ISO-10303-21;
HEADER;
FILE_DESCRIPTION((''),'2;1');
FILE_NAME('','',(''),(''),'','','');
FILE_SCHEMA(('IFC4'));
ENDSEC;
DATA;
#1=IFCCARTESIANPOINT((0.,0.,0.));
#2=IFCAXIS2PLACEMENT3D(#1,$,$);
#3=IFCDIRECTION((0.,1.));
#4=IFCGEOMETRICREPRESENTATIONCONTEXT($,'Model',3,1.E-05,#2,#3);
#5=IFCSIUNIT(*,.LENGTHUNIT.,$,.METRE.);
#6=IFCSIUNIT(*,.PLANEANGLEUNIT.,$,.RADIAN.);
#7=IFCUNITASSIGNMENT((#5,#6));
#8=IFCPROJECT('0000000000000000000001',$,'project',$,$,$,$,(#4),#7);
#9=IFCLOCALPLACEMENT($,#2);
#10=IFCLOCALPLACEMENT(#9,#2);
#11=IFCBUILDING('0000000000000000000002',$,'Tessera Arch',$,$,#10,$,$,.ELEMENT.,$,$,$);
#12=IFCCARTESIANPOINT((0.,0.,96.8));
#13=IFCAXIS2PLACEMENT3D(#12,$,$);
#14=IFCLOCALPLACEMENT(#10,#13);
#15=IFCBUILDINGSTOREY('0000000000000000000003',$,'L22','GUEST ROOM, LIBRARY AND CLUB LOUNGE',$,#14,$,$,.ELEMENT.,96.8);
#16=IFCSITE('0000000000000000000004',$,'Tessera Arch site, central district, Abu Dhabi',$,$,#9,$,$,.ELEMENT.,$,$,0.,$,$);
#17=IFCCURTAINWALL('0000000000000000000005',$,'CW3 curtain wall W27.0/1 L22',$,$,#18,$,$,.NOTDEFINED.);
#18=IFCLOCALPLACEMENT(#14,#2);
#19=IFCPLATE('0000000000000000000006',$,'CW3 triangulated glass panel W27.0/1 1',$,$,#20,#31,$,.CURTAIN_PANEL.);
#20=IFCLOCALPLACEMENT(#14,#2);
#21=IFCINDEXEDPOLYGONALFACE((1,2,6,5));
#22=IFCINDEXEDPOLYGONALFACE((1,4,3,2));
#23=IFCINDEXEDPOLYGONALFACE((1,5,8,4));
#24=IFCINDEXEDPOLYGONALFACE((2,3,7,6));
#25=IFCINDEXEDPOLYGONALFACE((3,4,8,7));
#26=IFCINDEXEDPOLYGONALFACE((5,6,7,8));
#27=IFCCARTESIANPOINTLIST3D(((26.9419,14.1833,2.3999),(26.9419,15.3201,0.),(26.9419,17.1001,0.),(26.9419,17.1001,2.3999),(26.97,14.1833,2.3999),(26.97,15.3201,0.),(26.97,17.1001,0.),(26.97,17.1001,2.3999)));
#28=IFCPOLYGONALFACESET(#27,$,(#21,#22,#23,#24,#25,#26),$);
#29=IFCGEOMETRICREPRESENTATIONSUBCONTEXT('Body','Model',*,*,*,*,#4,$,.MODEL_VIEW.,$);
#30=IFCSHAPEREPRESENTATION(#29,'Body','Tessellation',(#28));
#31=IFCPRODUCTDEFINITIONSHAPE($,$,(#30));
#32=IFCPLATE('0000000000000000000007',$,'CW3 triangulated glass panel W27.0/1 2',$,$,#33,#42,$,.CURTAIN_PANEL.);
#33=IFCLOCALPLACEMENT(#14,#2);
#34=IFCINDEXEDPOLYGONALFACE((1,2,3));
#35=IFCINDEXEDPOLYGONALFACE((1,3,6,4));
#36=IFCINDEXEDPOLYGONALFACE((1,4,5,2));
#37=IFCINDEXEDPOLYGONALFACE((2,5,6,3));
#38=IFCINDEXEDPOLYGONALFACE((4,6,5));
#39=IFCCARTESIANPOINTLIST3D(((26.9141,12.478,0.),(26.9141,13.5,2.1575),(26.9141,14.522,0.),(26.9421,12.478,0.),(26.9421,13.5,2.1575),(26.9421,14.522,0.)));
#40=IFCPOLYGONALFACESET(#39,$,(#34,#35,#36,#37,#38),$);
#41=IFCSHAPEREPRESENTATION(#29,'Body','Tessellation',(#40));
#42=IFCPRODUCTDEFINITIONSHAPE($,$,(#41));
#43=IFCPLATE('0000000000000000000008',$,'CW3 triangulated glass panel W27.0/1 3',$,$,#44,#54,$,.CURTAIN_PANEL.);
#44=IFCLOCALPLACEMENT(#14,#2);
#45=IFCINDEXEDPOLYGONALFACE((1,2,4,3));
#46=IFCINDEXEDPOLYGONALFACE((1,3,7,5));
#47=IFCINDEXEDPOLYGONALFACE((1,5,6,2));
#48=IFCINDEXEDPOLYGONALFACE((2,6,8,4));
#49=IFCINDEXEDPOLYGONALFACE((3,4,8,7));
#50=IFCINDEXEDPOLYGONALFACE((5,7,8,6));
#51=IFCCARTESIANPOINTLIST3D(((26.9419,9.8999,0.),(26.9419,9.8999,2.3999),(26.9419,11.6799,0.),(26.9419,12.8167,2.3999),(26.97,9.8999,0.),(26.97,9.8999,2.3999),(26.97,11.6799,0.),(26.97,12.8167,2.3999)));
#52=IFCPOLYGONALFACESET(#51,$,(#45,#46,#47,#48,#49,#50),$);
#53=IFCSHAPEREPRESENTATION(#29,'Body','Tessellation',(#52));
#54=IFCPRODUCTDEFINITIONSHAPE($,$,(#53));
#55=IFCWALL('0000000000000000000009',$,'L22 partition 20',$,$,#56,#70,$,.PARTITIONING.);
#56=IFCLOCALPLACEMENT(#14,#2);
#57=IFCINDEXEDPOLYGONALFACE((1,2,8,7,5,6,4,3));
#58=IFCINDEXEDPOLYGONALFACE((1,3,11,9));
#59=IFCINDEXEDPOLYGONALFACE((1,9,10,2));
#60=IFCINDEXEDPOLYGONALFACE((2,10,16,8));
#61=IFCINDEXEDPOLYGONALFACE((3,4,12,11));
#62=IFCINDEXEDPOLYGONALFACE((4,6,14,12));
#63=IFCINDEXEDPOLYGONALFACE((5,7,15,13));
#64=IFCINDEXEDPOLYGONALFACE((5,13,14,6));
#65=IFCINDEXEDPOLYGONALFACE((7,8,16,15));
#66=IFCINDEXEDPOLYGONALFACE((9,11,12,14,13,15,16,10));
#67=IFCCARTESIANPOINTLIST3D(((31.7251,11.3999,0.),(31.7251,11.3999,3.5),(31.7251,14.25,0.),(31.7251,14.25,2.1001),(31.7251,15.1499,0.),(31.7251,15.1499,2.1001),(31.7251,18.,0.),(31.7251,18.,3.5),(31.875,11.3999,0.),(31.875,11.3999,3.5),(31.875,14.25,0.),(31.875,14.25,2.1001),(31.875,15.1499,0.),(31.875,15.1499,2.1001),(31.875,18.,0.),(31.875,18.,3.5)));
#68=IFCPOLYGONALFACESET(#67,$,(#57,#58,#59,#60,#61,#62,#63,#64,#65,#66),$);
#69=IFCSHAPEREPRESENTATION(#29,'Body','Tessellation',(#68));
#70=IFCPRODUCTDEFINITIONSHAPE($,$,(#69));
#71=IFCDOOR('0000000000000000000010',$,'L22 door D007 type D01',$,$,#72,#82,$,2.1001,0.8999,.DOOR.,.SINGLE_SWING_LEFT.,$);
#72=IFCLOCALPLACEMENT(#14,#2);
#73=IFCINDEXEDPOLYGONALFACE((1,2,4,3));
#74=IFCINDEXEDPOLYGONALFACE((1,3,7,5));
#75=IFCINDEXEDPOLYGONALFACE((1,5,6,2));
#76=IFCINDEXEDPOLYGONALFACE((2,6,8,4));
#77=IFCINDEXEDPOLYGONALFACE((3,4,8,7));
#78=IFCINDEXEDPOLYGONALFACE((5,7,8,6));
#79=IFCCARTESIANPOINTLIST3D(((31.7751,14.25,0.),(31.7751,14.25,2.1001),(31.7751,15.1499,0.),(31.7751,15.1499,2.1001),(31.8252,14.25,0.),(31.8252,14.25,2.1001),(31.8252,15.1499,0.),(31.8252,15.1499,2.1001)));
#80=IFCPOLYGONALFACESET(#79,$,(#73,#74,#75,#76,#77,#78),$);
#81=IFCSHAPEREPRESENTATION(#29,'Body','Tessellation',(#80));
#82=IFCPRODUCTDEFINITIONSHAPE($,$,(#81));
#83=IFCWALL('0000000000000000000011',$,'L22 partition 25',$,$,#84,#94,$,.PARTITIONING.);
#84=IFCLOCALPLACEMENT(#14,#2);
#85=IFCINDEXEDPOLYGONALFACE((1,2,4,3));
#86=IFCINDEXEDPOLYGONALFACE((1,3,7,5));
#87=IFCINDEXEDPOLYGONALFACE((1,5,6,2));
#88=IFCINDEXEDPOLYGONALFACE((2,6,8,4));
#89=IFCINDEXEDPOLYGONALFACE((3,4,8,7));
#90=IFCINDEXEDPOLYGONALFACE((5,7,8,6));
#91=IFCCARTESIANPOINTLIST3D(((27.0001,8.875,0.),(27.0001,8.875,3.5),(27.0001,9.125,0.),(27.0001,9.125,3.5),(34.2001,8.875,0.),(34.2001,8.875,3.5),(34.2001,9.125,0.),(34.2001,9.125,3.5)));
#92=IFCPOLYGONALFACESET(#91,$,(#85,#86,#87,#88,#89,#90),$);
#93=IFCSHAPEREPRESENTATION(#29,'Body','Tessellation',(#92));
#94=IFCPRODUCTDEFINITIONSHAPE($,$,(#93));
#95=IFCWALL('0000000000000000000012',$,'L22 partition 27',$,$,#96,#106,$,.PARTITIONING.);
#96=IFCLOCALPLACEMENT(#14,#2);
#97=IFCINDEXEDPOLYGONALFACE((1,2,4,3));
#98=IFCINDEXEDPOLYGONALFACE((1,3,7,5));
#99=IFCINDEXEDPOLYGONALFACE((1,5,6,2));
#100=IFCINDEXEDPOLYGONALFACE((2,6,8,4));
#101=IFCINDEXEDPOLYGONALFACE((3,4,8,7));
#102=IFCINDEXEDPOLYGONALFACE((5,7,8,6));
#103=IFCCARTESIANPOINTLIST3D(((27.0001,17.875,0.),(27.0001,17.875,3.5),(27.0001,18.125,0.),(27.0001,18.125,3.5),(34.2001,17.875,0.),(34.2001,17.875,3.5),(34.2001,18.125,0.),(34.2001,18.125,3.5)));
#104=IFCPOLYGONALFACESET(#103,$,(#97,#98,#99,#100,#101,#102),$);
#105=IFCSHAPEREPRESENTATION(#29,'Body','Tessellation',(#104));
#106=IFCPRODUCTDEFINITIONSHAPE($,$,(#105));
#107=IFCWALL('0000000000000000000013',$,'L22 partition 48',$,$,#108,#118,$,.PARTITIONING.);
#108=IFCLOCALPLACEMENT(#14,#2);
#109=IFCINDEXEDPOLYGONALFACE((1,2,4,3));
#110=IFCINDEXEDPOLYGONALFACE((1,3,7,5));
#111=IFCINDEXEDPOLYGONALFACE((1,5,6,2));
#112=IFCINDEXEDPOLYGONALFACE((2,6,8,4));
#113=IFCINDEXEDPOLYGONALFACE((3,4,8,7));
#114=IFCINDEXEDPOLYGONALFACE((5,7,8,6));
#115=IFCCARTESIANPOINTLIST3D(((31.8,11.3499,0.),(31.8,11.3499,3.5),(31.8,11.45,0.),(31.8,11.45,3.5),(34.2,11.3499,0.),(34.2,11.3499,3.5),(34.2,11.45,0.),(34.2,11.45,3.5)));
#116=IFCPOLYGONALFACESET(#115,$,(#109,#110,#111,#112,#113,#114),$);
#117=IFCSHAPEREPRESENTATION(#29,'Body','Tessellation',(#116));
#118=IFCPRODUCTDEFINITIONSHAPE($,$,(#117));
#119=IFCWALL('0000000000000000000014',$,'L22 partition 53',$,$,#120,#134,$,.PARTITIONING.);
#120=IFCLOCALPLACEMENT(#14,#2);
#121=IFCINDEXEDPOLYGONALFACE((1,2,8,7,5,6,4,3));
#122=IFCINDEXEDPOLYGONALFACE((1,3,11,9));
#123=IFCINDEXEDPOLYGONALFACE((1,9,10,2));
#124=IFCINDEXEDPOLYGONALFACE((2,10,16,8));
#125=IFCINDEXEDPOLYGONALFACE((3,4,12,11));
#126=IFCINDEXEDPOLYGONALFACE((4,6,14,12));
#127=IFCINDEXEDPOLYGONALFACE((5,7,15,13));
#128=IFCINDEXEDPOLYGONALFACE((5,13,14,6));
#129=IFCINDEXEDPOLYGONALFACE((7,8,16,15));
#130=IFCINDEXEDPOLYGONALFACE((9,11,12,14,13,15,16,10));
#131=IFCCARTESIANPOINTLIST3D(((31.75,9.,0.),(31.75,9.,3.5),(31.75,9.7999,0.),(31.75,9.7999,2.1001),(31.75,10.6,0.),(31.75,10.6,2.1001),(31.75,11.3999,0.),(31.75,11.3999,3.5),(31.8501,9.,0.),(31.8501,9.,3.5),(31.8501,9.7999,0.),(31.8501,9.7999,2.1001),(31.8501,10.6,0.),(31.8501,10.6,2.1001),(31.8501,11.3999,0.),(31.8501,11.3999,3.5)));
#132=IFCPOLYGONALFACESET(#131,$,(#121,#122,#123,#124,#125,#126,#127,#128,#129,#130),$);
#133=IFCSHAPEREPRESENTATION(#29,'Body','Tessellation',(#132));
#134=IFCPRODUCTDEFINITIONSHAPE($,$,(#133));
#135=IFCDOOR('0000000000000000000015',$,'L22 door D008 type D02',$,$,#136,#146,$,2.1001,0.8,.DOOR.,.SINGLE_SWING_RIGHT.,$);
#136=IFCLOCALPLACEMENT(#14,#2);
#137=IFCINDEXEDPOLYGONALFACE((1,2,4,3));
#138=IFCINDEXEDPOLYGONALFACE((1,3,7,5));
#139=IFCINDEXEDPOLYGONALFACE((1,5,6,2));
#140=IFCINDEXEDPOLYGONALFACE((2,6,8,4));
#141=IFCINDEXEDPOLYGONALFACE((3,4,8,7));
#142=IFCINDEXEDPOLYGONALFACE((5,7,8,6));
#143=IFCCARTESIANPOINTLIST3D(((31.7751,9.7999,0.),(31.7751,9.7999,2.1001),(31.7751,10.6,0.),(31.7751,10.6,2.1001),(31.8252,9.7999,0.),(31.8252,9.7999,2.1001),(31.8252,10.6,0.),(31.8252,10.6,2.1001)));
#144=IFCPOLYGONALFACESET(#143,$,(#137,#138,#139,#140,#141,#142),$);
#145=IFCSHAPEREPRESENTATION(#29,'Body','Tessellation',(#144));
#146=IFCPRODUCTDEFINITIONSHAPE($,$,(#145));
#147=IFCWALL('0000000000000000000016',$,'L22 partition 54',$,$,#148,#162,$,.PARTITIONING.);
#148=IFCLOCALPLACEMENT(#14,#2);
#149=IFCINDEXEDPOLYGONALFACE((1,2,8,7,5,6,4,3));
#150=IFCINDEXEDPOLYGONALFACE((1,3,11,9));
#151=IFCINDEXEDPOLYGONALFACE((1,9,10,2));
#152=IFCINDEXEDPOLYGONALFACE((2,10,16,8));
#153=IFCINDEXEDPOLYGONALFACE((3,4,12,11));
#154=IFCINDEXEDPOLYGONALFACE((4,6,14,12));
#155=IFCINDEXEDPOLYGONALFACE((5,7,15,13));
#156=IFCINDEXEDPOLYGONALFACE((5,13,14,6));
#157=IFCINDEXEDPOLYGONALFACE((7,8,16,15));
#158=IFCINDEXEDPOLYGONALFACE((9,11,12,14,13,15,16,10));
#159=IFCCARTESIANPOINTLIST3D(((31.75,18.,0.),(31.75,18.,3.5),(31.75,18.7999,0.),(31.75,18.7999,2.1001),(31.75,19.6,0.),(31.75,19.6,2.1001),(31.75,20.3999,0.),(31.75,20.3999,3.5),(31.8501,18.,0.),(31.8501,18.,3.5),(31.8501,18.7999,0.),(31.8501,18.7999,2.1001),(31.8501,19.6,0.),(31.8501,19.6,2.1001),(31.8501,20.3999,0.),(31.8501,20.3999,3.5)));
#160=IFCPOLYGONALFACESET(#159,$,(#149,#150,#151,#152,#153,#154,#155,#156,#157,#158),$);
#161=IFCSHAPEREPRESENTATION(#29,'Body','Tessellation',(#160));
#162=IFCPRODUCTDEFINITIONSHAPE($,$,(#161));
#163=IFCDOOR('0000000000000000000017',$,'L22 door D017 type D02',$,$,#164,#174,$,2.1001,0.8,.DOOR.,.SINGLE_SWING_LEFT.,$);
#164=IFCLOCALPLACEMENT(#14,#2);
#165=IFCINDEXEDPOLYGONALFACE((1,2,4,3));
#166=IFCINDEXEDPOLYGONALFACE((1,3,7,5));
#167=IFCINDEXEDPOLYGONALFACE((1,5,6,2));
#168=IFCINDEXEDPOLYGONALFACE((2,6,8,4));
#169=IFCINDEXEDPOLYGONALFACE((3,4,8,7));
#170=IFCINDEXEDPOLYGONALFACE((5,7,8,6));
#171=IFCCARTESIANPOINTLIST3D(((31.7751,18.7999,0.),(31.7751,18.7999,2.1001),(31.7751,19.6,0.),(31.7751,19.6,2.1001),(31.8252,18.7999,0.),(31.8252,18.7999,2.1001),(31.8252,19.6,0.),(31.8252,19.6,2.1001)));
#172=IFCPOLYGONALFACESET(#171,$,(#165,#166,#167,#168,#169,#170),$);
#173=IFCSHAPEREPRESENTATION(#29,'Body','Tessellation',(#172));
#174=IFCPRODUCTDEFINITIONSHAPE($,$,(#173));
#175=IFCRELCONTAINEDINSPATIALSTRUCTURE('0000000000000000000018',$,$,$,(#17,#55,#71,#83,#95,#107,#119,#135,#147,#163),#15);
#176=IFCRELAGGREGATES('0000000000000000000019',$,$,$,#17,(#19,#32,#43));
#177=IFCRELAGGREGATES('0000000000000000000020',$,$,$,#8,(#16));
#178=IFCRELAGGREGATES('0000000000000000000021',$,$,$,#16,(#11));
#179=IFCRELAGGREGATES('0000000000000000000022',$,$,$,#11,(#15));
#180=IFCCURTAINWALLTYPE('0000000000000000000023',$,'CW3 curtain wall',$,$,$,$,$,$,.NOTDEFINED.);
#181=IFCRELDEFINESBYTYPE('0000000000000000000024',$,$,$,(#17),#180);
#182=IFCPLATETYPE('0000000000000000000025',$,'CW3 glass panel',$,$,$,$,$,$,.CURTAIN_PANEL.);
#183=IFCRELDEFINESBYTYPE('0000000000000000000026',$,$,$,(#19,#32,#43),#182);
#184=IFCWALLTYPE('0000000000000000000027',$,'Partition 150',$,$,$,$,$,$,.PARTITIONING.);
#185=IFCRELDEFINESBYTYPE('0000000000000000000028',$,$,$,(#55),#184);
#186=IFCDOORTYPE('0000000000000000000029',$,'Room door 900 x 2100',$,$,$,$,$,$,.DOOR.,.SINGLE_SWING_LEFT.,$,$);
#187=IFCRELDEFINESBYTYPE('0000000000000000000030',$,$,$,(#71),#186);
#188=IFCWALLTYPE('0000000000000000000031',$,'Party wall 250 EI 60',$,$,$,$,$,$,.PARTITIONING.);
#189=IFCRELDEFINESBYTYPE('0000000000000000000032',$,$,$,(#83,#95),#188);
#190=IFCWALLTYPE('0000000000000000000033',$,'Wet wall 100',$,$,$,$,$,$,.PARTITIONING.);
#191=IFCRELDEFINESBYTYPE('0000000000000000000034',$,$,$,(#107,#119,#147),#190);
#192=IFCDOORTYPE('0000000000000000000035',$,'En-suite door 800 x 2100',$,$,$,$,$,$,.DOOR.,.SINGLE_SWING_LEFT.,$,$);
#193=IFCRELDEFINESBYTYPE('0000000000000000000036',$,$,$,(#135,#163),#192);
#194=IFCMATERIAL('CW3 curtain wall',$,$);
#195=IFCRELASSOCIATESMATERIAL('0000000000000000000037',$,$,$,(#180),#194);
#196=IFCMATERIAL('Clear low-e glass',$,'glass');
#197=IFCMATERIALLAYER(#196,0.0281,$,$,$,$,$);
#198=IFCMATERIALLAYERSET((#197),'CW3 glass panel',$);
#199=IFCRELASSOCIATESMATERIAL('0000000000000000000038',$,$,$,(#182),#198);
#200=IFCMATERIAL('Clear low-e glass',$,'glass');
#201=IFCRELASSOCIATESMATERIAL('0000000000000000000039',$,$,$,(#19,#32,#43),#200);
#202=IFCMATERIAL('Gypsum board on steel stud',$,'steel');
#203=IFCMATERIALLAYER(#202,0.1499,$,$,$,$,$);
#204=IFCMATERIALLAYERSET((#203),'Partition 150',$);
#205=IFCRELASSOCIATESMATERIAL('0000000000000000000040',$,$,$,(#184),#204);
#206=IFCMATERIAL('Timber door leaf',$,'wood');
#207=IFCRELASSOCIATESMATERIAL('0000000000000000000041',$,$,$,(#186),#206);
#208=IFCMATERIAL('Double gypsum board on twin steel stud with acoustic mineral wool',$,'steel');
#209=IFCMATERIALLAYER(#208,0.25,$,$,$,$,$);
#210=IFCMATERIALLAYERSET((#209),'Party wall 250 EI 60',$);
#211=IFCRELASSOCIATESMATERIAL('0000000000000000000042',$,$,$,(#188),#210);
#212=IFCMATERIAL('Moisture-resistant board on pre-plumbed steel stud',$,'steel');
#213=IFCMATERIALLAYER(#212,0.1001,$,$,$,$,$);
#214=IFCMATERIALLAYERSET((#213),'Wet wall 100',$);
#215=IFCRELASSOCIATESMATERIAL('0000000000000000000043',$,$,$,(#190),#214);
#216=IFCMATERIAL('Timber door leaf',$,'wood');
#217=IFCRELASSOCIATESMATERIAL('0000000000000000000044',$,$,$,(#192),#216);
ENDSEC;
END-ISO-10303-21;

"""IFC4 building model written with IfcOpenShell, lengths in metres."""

from ifc_helpers import new_model, si_unit, direction, frame, frame_2d, origin, place, context, subcontext, project, spatial, polyline, rectangle, outline, extrude, material, layer, layer_set, type_object, element, fill, aggregate, save


model = new_model("IFC4")

# Units and contexts
model_context = context("Model", 3, precision=1e-05, world=origin(), true_north=direction((0.0, 1.0)))
body_context = subcontext(model_context, "Body", "Model", "MODEL_VIEW")
ifc_project = project(units=[si_unit("LENGTHUNIT", "METRE"), si_unit("PLANEANGLEUNIT", "RADIAN")], contexts=[model_context])

# Site, building, storey
site_placement = place(None, origin())
site = spatial("IfcSite", under=ifc_project, at=site_placement, Name="Tessera Arch site, central district, Abu Dhabi", CompositionType="ELEMENT", RefElevation=0.0)
building_placement = place(site_placement, origin())
building = spatial("IfcBuilding", under=site, at=building_placement, Name="Tessera Arch", CompositionType="ELEMENT")
storey_placement = place(building_placement, frame((0.0, 0.0, 96.8)))
storey = spatial("IfcBuildingStorey", under=building, at=storey_placement, Name="L22", Description="GUEST ROOM, LIBRARY AND CLUB LOUNGE", CompositionType="ELEMENT", Elevation=96.8)

# Curtain wall
ifc_material_1 = material(Name="CW3 curtain wall")
curtain_wall_type_1 = type_object("IfcCurtainWallType", Name="CW3 curtain wall", PredefinedType="NOTDEFINED", material=ifc_material_1)
curtain_wall_1_placement = place(storey_placement, origin())
curtain_wall_1 = element("IfcCurtainWall", 1, at=curtain_wall_1_placement, inside=storey, type_object=curtain_wall_type_1, Name="CW3 curtain wall W27.0/1 L22", PredefinedType="NOTDEFINED")

# Shared definitions
ifc_material_2 = material(Name="Clear low-e glass", Category="glass")

# Plates
ifc_material_3 = material(Name="Clear low-e glass", Category="glass")
ifc_layer_1 = layer(ifc_material_3, 0.0281)
ifc_layer_set_1 = layer_set([ifc_layer_1], Name="CW3 glass panel")
plate_type_1 = type_object("IfcPlateType", Name="CW3 glass panel", PredefinedType="CURTAIN_PANEL", material=ifc_layer_set_1)
plate_1_placement = place(storey_placement, frame((26.9419, 17.1001, 0.0), z_axis=(-1.0, 0.0, 0.0), x_axis=(0.0, -1.0, 0.0)))
plate_1 = element("IfcPlate", 2, at=plate_1_placement, type_object=plate_type_1, material=ifc_material_2, Name="CW3 triangulated glass panel W27.0/1 1", PredefinedType="CURTAIN_PANEL", context=body_context, shape_type="SweptSolid", body=[
    extrude(outline(polyline([(0.0, 0.0), (1.78, 0.0), (2.9167, 2.3999), (0.0, 2.3999), (0.0, 0.0)])), origin(), (0.0, 0.0, -1.0), 0.0281),
])
plate_2_placement = place(storey_placement, frame((26.9141, 14.522, 0.0), z_axis=(-1.0, 0.0, 0.0), x_axis=(0.0, -1.0, 0.0)))
plate_2 = element("IfcPlate", 3, at=plate_2_placement, type_object=plate_type_1, material=ifc_material_2, Name="CW3 triangulated glass panel W27.0/1 2", PredefinedType="CURTAIN_PANEL", context=body_context, shape_type="SweptSolid", body=[
    extrude(outline(polyline([(0.0, 0.0), (2.0439, 0.0), (1.022, 2.1575), (0.0, 0.0)])), origin(), (0.0, 0.0, -1.0), 0.0281),
])
plate_3_placement = place(storey_placement, frame((26.9419, 9.8999, 2.3999), z_axis=(-1.0, 0.0, 0.0), x_axis=(0.0, 1.0, 0.0)))
plate_3 = element("IfcPlate", 4, at=plate_3_placement, type_object=plate_type_1, material=ifc_material_2, Name="CW3 triangulated glass panel W27.0/1 3", PredefinedType="CURTAIN_PANEL", context=body_context, shape_type="SweptSolid", body=[
    extrude(outline(polyline([(0.0, 0.0), (2.9167, 0.0), (1.78, 2.3999), (0.0, 2.3999), (0.0, 0.0)])), origin(), (0.0, 0.0, -1.0), 0.0281),
])

# Wall, opening, door
ifc_material_4 = material(Name="Gypsum board on steel stud", Category="steel")
ifc_layer_2 = layer(ifc_material_4, 0.1499)
ifc_layer_set_2 = layer_set([ifc_layer_2], Name="Partition 150")
wall_type_1 = type_object("IfcWallType", Name="Partition 150", PredefinedType="PARTITIONING", material=ifc_layer_set_2)
wall_1_placement = place(storey_placement, frame((31.8, 11.3999, 0.0), z_axis=(0.0, 0.0, 1.0), x_axis=(0.0, 1.0, 0.0)))
wall_1 = element("IfcWall", 5, at=wall_1_placement, inside=storey, type_object=wall_type_1, Name="L22 partition 20", PredefinedType="PARTITIONING", context=body_context, shape_type="SweptSolid", body=[
    extrude(rectangle(XDim=6.6001, YDim=0.1499, at=frame_2d((3.3, 0.0))), origin(), (0.0, 0.0, 1.0), 3.5),
])
opening_1_placement = place(wall_1_placement, frame((2.8501, 0.0, 0.0)))
opening_1 = element("IfcOpeningElement", 6, at=opening_1_placement, cuts=wall_1, PredefinedType="OPENING", context=body_context, shape_type="SweptSolid", body=[
    extrude(rectangle(XDim=0.8999, YDim=2.1001, at=frame_2d((0.45, 1.05))), frame((0.0, 0.085, 0.0), z_axis=(0.0, -1.0, 0.0), x_axis=(1.0, 0.0, 0.0)), (0.0, 0.0, 1.0), 0.1699),
])
ifc_material_5 = material(Name="Timber door leaf", Category="wood")
door_type_1 = type_object("IfcDoorType", Name="Room door 900 x 2100", OperationType="SINGLE_SWING_LEFT", PredefinedType="DOOR", material=ifc_material_5)
door_1_placement = place(opening_1_placement, origin())
door_1 = element("IfcDoor", 7, at=door_1_placement, inside=storey, type_object=door_type_1, Name="L22 door D007 type D01", OperationType="SINGLE_SWING_LEFT", OverallHeight=2.1001, OverallWidth=0.8999, PredefinedType="DOOR", context=body_context, shape_type="SweptSolid", body=[
    extrude(rectangle(XDim=0.8999, YDim=2.1001, at=frame_2d((0.45, 1.05))), frame((0.0, 0.0249, 0.0), z_axis=(0.0, -1.0, 0.0), x_axis=(1.0, 0.0, 0.0)), (0.0, 0.0, 1.0), 0.05),
])
fill(opening_1, door_1)

# Walls
ifc_material_6 = material(Name="Double gypsum board on twin steel stud with acoustic mineral wool", Category="steel")
ifc_layer_3 = layer(ifc_material_6, 0.25)
ifc_layer_set_3 = layer_set([ifc_layer_3], Name="Party wall 250 EI 60")
wall_type_2 = type_object("IfcWallType", Name="Party wall 250 EI 60", PredefinedType="PARTITIONING", material=ifc_layer_set_3)
for number, where, z_axis, x_axis, name in (
    (8, (27.0, 9.0, 0.0), (0.0, 0.0, 1.0), (1.0, 0.0, 0.0), "L22 partition 25"),
    (9, (27.0, 18.0, 0.0), (0.0, 0.0, 1.0), (1.0, 0.0, 0.0), "L22 partition 27"),
):
    element("IfcWall", number, at=place(storey_placement, frame(where, z_axis=z_axis, x_axis=x_axis)), inside=storey, type_object=wall_type_2, Name=name, PredefinedType="PARTITIONING", context=body_context, shape_type="SweptSolid", body=[
        extrude(rectangle(XDim=7.2, YDim=0.25, at=frame_2d((3.6001, 0.0))), origin(), (0.0, 0.0, 1.0), 3.5),
    ])
ifc_material_7 = material(Name="Moisture-resistant board on pre-plumbed steel stud", Category="steel")
ifc_layer_4 = layer(ifc_material_7, 0.1001)
ifc_layer_set_4 = layer_set([ifc_layer_4], Name="Wet wall 100")
wall_type_3 = type_object("IfcWallType", Name="Wet wall 100", PredefinedType="PARTITIONING", material=ifc_layer_set_4)
wall_2_placement = place(storey_placement, frame((31.8, 11.3999, 0.0), z_axis=(0.0, 0.0, 1.0), x_axis=(1.0, 0.0, 0.0)))
element("IfcWall", 10, at=wall_2_placement, inside=storey, type_object=wall_type_3, Name="L22 partition 48", PredefinedType="PARTITIONING", context=body_context, shape_type="SweptSolid", body=[
    extrude(rectangle(XDim=2.3999, YDim=0.1001, at=frame_2d((1.2, 0.0))), origin(), (0.0, 0.0, 1.0), 3.5),
])

# Walls, openings, doors
wall_3_placement = place(storey_placement, frame((31.8, 9.0, 0.0), z_axis=(0.0, 0.0, 1.0), x_axis=(0.0, 1.0, 0.0)))
wall_3 = element("IfcWall", 11, at=wall_3_placement, inside=storey, type_object=wall_type_3, Name="L22 partition 53", PredefinedType="PARTITIONING", context=body_context, shape_type="SweptSolid", body=[
    extrude(rectangle(XDim=2.3999, YDim=0.1001, at=frame_2d((1.2, 0.0))), origin(), (0.0, 0.0, 1.0), 3.5),
])
opening_2_placement = place(wall_3_placement, frame((0.8, 0.0, 0.0)))
opening_2 = element("IfcOpeningElement", 12, at=opening_2_placement, cuts=wall_3, PredefinedType="OPENING", context=body_context, shape_type="SweptSolid", body=[
    extrude(rectangle(XDim=0.8, YDim=2.1001, at=frame_2d((0.3999, 1.05))), frame((0.0, 0.0601, 0.0), z_axis=(0.0, -1.0, 0.0), x_axis=(1.0, 0.0, 0.0)), (0.0, 0.0, 1.0), 0.1201),
])
ifc_material_8 = material(Name="Timber door leaf", Category="wood")
door_type_2 = type_object("IfcDoorType", Name="En-suite door 800 x 2100", OperationType="SINGLE_SWING_LEFT", PredefinedType="DOOR", material=ifc_material_8)
door_2_placement = place(opening_2_placement, origin())
door_2 = element("IfcDoor", 13, at=door_2_placement, inside=storey, type_object=door_type_2, Name="L22 door D008 type D02", OperationType="SINGLE_SWING_RIGHT", OverallHeight=2.1001, OverallWidth=0.8, PredefinedType="DOOR", context=body_context, shape_type="SweptSolid", body=[
    extrude(rectangle(XDim=0.8, YDim=2.1001, at=frame_2d((0.3999, 1.05))), frame((0.0, 0.0249, 0.0), z_axis=(0.0, -1.0, 0.0), x_axis=(1.0, 0.0, 0.0)), (0.0, 0.0, 1.0), 0.05),
])
fill(opening_2, door_2)
wall_4_placement = place(storey_placement, frame((31.8, 18.0, 0.0), z_axis=(0.0, 0.0, 1.0), x_axis=(0.0, 1.0, 0.0)))
wall_4 = element("IfcWall", 14, at=wall_4_placement, inside=storey, type_object=wall_type_3, Name="L22 partition 54", PredefinedType="PARTITIONING", context=body_context, shape_type="SweptSolid", body=[
    extrude(rectangle(XDim=2.3999, YDim=0.1001, at=frame_2d((1.2, 0.0))), origin(), (0.0, 0.0, 1.0), 3.5),
])
opening_3_placement = place(wall_4_placement, frame((0.8, 0.0, 0.0)))
opening_3 = element("IfcOpeningElement", 15, at=opening_3_placement, cuts=wall_4, PredefinedType="OPENING", context=body_context, shape_type="SweptSolid", body=[
    extrude(rectangle(XDim=0.8, YDim=2.1001, at=frame_2d((0.3999, 1.05))), frame((0.0, 0.0601, 0.0), z_axis=(0.0, -1.0, 0.0), x_axis=(1.0, 0.0, 0.0)), (0.0, 0.0, 1.0), 0.1201),
])
door_3_placement = place(opening_3_placement, origin())
door_3 = element("IfcDoor", 16, at=door_3_placement, inside=storey, type_object=door_type_2, Name="L22 door D017 type D02", OperationType="SINGLE_SWING_LEFT", OverallHeight=2.1001, OverallWidth=0.8, PredefinedType="DOOR", context=body_context, shape_type="SweptSolid", body=[
    extrude(rectangle(XDim=0.8, YDim=2.1001, at=frame_2d((0.3999, 1.05))), frame((0.0, 0.0249, 0.0), z_axis=(0.0, -1.0, 0.0), x_axis=(1.0, 0.0, 0.0)), (0.0, 0.0, 1.0), 0.05),
])
fill(opening_3, door_3)

aggregate(curtain_wall_1, [plate_1, plate_2, plate_3])

save(model, "model.ifc")
